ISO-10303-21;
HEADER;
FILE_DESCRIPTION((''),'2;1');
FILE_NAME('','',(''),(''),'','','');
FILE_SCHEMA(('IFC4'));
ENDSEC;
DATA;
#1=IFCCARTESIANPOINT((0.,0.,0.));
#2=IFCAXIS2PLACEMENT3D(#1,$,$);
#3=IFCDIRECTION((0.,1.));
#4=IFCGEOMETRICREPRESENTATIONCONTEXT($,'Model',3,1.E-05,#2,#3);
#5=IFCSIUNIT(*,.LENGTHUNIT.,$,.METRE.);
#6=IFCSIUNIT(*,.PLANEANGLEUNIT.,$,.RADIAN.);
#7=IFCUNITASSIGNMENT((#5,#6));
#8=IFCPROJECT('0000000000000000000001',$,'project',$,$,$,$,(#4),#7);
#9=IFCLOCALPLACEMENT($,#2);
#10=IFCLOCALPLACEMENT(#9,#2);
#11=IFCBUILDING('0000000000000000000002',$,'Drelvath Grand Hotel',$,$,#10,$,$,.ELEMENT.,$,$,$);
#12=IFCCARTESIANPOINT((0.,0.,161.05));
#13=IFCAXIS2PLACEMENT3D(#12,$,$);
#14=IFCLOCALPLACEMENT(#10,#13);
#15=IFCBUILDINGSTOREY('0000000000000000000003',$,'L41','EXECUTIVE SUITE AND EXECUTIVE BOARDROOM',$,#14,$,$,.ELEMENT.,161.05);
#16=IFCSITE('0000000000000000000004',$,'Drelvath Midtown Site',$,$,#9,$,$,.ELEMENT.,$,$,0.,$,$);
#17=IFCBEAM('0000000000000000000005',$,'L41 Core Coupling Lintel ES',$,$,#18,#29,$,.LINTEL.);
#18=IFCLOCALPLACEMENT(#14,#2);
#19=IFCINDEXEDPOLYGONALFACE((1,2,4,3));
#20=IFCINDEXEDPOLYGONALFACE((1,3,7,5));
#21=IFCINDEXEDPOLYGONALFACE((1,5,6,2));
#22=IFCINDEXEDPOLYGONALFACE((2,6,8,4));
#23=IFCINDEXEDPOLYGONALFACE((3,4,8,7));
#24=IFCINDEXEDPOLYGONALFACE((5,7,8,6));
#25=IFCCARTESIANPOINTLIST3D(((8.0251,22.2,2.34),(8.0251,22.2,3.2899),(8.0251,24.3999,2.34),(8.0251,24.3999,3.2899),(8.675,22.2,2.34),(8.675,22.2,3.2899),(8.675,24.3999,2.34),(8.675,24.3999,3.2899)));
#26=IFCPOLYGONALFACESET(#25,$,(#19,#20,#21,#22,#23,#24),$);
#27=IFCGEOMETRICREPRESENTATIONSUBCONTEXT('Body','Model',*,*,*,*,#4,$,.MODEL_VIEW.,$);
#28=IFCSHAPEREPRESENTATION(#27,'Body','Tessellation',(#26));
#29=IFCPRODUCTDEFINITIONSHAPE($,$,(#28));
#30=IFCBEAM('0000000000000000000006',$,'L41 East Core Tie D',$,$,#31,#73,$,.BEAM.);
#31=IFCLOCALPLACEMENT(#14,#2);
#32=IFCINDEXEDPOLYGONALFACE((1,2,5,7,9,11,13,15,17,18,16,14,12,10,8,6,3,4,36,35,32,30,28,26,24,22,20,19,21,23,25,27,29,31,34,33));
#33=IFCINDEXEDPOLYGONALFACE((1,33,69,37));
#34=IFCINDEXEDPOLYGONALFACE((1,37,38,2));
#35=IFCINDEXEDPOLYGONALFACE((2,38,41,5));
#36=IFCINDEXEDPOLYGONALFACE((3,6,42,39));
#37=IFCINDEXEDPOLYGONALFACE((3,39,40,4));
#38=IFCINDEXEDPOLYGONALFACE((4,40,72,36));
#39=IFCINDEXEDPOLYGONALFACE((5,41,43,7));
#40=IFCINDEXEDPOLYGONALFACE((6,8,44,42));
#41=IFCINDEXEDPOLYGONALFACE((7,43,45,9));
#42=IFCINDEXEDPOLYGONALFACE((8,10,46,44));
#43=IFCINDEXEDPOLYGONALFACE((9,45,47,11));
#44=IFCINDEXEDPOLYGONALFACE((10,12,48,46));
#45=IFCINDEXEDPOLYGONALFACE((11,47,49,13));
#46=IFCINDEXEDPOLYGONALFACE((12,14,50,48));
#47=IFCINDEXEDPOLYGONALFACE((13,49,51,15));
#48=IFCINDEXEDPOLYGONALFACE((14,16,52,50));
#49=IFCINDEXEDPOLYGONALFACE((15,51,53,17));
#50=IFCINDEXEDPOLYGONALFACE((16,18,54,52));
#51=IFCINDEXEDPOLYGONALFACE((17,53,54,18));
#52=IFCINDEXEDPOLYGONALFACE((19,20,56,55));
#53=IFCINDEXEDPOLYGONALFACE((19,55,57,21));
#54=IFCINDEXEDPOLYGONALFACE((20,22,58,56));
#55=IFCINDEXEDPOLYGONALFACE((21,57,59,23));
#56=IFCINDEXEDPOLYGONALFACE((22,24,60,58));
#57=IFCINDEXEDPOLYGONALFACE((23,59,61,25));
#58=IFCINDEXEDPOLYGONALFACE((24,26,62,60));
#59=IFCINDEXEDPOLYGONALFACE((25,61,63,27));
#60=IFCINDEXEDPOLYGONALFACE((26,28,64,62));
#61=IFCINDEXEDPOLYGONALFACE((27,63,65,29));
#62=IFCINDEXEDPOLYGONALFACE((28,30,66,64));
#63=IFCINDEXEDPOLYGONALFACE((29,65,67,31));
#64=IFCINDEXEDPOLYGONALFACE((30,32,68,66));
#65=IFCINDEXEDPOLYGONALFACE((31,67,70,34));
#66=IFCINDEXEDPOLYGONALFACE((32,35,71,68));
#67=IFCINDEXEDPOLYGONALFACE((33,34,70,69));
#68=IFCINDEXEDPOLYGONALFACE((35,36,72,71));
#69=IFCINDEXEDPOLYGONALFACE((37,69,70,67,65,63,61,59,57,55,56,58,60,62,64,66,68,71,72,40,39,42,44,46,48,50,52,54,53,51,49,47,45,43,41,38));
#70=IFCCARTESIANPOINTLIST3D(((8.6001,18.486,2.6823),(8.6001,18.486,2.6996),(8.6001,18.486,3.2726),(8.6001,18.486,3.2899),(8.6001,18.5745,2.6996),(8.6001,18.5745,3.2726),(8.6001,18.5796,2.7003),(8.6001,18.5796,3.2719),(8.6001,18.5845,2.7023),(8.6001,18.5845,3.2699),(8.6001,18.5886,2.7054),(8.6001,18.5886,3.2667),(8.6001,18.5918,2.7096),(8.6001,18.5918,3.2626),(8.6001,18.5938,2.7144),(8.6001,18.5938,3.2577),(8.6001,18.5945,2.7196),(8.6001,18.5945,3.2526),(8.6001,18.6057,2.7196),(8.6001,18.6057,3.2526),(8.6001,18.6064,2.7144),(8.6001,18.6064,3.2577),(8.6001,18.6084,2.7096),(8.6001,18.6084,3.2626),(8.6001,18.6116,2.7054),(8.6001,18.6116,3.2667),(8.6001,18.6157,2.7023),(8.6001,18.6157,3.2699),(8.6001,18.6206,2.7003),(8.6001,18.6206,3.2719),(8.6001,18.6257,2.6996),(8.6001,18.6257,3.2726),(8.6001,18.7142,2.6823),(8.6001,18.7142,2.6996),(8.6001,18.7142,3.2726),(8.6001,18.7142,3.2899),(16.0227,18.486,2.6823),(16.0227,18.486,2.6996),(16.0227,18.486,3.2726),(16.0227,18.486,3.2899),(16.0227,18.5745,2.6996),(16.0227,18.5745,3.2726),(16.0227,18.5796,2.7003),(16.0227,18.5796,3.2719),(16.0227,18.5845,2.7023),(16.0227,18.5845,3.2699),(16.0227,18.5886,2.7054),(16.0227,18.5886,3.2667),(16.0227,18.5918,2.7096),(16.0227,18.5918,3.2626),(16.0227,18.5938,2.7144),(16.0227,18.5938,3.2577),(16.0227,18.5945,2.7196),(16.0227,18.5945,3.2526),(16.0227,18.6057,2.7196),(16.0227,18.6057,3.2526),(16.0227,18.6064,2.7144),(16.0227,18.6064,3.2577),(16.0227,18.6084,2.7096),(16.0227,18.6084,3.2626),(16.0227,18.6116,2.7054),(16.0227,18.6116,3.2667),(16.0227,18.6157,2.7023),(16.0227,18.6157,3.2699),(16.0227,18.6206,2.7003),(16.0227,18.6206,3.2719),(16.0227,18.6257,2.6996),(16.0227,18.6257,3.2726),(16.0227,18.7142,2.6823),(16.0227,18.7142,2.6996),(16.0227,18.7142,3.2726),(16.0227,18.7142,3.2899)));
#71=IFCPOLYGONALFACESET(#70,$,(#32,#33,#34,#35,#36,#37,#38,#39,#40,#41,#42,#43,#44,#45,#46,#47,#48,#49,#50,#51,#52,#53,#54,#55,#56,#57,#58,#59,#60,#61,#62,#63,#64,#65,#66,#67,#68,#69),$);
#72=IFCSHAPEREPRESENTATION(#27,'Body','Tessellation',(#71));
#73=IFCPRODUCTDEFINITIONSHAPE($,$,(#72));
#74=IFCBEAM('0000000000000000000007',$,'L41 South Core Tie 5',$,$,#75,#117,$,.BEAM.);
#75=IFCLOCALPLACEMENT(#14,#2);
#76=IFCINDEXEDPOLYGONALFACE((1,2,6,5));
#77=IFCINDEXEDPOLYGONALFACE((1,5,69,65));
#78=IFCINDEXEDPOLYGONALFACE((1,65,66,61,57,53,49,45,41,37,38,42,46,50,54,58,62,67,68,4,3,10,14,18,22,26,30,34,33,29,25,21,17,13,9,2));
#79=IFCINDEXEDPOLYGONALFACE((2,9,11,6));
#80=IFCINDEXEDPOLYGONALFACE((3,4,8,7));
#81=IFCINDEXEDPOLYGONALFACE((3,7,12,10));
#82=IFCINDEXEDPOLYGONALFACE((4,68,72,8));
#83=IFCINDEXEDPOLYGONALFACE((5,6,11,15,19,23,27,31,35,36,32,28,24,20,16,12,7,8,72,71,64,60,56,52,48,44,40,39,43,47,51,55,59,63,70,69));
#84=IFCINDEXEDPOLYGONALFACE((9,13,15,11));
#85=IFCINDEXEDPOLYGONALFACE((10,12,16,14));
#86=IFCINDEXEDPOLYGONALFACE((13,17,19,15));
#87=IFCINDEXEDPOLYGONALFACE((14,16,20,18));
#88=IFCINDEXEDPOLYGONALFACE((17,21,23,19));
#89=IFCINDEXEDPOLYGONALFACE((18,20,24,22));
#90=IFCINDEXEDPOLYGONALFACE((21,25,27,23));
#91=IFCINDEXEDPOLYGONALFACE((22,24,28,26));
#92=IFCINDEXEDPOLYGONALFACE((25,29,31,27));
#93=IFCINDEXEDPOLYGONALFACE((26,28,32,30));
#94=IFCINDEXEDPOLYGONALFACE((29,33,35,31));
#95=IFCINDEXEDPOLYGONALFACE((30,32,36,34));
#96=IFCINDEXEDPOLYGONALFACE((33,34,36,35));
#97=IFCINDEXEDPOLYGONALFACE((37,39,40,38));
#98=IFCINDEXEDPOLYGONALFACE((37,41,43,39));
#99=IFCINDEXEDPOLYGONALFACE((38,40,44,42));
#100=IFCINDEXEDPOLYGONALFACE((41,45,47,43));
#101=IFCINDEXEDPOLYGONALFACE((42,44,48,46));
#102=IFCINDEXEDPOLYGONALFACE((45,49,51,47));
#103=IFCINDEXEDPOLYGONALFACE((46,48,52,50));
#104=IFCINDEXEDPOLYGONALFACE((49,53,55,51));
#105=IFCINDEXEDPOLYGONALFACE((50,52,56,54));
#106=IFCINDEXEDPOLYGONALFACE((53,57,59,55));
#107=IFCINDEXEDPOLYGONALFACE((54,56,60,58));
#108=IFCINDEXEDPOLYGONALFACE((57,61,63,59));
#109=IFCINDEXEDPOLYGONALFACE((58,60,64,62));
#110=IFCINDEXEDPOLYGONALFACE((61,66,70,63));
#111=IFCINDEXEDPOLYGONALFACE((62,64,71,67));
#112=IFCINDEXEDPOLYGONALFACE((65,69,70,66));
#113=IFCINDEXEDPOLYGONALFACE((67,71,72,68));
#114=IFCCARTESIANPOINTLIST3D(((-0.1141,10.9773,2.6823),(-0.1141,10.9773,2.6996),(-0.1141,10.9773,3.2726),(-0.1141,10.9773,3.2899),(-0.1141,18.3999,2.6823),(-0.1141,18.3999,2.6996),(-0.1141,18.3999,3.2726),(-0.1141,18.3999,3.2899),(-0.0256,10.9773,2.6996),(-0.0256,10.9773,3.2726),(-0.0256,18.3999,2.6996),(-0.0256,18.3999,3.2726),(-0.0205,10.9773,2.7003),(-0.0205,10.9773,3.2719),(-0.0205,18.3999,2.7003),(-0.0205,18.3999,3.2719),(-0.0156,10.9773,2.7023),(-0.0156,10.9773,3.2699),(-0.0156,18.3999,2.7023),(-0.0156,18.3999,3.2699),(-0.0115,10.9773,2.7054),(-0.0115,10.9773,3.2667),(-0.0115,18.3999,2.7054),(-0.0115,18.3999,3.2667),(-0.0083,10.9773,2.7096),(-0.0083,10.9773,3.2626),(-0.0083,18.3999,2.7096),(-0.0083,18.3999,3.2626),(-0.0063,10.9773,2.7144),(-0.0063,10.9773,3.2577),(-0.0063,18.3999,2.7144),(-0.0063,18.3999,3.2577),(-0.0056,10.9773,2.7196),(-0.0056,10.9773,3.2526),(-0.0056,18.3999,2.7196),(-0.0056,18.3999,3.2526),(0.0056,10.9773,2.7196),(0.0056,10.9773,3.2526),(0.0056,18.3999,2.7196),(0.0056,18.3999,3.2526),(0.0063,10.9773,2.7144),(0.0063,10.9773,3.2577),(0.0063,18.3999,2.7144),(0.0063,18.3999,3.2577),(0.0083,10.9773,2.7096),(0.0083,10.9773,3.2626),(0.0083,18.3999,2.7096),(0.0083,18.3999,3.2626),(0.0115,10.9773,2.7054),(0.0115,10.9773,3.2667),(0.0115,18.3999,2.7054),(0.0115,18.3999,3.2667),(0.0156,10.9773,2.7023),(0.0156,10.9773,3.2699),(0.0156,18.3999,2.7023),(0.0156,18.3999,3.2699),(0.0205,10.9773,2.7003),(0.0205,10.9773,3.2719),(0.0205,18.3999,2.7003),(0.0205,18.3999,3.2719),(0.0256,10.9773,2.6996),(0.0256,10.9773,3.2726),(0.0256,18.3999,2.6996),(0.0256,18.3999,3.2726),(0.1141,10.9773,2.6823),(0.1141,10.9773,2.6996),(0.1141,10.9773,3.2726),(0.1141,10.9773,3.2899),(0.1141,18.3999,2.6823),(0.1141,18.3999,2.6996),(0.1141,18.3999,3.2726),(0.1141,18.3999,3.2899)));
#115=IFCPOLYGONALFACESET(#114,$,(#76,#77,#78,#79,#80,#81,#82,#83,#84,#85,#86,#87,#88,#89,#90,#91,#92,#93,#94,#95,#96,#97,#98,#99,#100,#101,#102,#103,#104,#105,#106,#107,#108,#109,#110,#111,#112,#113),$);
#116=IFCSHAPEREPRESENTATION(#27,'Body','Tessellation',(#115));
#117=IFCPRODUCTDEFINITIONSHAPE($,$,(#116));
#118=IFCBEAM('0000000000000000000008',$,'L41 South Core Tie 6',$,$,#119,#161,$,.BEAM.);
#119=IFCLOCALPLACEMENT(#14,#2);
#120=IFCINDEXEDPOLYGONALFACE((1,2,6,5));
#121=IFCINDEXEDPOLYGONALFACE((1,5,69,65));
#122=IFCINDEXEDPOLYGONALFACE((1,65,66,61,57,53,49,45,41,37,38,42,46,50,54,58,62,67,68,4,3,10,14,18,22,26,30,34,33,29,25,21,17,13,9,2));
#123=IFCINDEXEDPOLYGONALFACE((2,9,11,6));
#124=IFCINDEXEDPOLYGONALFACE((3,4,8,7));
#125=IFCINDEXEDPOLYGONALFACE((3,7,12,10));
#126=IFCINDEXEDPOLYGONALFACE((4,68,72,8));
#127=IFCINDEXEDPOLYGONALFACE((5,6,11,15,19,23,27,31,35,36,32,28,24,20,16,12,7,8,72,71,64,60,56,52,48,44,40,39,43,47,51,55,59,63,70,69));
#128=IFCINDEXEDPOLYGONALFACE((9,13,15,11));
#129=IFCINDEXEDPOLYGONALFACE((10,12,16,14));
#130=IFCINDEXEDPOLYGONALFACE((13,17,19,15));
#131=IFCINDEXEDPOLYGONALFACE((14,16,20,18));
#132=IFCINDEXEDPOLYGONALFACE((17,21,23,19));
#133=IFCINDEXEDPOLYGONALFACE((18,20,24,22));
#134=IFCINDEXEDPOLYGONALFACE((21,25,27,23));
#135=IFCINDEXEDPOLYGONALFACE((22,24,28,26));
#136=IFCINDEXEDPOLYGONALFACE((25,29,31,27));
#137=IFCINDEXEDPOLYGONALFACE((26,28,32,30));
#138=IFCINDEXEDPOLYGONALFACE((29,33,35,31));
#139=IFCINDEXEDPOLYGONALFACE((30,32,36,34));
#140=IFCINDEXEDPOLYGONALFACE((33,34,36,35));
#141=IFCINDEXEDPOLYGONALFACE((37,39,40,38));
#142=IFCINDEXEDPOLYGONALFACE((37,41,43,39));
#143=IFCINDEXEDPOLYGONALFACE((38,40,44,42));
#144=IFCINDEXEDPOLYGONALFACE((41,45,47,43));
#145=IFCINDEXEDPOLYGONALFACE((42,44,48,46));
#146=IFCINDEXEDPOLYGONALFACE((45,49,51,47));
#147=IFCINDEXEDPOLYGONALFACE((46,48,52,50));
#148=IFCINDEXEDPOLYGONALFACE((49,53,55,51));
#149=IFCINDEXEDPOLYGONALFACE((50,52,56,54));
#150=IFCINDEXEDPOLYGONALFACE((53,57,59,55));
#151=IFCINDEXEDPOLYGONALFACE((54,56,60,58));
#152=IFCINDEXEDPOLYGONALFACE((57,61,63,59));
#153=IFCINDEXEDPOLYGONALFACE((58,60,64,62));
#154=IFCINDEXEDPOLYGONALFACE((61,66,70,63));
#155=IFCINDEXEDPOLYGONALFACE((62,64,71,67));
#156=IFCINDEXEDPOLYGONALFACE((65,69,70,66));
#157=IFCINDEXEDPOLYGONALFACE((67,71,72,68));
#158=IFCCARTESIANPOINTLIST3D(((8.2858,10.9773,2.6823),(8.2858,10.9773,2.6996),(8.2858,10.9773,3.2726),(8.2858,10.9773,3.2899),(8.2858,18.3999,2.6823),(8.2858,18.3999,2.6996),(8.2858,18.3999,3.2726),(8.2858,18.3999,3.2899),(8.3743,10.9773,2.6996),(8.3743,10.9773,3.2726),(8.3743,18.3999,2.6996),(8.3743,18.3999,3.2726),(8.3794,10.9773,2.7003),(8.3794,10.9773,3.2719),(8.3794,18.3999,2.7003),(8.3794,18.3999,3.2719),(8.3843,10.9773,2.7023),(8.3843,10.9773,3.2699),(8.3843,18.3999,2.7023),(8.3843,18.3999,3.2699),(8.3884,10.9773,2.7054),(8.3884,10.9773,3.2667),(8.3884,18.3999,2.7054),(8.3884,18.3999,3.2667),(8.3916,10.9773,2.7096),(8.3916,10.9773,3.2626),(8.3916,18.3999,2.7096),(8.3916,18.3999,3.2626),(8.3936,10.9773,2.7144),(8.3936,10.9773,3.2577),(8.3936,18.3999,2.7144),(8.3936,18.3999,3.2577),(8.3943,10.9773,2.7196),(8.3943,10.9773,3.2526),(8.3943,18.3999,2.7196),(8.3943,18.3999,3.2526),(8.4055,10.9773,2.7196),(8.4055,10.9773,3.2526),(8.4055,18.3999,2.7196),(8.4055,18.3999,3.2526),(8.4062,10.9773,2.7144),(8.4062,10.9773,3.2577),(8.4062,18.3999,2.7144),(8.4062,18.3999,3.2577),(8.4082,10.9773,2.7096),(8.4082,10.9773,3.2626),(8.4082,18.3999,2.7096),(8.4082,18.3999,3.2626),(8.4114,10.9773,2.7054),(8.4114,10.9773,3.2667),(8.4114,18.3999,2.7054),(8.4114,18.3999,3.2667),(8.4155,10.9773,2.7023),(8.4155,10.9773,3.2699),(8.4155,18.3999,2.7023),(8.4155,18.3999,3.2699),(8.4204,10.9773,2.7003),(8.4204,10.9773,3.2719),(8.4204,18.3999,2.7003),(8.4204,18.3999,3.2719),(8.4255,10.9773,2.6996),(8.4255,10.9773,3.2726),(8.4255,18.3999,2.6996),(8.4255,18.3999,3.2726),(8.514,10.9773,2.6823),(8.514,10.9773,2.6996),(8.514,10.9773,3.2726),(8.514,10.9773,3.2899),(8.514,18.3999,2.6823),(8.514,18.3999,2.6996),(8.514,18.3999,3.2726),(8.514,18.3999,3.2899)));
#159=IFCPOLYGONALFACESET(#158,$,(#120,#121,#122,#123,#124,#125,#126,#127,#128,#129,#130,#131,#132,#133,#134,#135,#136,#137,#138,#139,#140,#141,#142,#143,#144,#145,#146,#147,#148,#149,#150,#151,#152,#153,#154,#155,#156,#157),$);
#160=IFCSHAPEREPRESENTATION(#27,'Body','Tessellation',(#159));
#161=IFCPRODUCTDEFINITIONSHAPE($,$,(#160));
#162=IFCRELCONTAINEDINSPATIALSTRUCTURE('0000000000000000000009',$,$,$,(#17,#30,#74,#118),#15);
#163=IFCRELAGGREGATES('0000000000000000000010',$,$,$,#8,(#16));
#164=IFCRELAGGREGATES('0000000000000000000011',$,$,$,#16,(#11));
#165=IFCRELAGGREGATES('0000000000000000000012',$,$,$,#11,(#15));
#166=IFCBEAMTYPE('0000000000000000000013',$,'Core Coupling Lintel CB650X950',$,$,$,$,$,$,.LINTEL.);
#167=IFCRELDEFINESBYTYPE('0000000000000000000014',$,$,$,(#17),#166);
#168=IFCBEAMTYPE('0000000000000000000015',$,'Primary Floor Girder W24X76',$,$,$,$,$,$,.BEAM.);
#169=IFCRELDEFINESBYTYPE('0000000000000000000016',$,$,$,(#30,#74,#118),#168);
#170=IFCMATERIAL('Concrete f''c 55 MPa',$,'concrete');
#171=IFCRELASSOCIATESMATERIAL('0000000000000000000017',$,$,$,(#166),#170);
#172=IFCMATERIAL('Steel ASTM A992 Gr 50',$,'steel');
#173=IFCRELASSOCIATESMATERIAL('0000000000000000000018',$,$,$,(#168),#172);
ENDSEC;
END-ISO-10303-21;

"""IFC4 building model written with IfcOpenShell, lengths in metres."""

from ifc_helpers import new_model, si_unit, direction, frame, origin, origin_2d, place, context, subcontext, project, spatial, rectangle, i_section, extrude, material, material_profile, profile_set, type_object, element, save


model = new_model("IFC4")

# Units and contexts
model_context = context("Model", 3, precision=1e-05, world=origin(), true_north=direction((0.0, 1.0)))
body_context = subcontext(model_context, "Body", "Model", "MODEL_VIEW")
ifc_project = project(units=[si_unit("LENGTHUNIT", "METRE"), si_unit("PLANEANGLEUNIT", "RADIAN")], contexts=[model_context])

# Site, building, storey
site_placement = place(None, origin())
site = spatial("IfcSite", under=ifc_project, at=site_placement, Name="Drelvath Midtown Site", CompositionType="ELEMENT", RefElevation=0.0)
building_placement = place(site_placement, origin())
building = spatial("IfcBuilding", under=site, at=building_placement, Name="Drelvath Grand Hotel", CompositionType="ELEMENT")
storey_placement = place(building_placement, frame((0.0, 0.0, 161.05)))
storey = spatial("IfcBuildingStorey", under=building, at=storey_placement, Name="L41", Description="EXECUTIVE SUITE AND EXECUTIVE BOARDROOM", CompositionType="ELEMENT", Elevation=161.05)

# Beams
ifc_material_1 = material(Name="Concrete f'c 55 MPa", Category="concrete")
ifc_material_profile_1 = material_profile(ifc_material_1, rectangle(XDim=0.6499, YDim=0.95, at=origin_2d()), Name="CB650X950")
ifc_profile_set_1 = profile_set([ifc_material_profile_1], Name="Concrete f'c 55 MPa")
beam_type_1 = type_object("IfcBeamType", Name="Core Coupling Lintel CB650X950", PredefinedType="LINTEL", material=ifc_profile_set_1)
beam_placement = place(storey_placement, frame((8.3501, 22.2, 2.8149), z_axis=(0.0, 1.0, 0.0), x_axis=(-1.0, 0.0, 0.0)))
element("IfcBeam", 1, at=beam_placement, inside=storey, type_object=beam_type_1, Name="L41 Core Coupling Lintel ES", PredefinedType="LINTEL", context=body_context, shape_type="SweptSolid", body=[
    extrude(rectangle(XDim=0.6499, YDim=0.95, at=origin_2d()), origin(), (0.0, 0.0, 1.0), 2.2),
])
ifc_material_2 = material(Name="Steel ASTM A992 Gr 50", Category="steel")
ifc_material_profile_2 = material_profile(ifc_material_2, i_section(OverallWidth=0.2283, OverallDepth=0.6077, WebThickness=0.0112, FlangeThickness=0.0173, FilletRadius=0.02, at=origin_2d()), Name="W24X76")
ifc_profile_set_2 = profile_set([ifc_material_profile_2], Name="Steel ASTM A992 Gr 50")
beam_type_2 = type_object("IfcBeamType", Name="Primary Floor Girder W24X76", PredefinedType="BEAM", material=ifc_profile_set_2)
for number, where, z_axis, x_axis, name in (
    (2, (8.6001, 18.6001, 2.9861), (1.0, 0.0, 0.0), (0.0, 1.0, 0.0), "L41 East Core Tie D"),
    (3, (0.0, 10.9773, 2.9861), (0.0, 1.0, 0.0), (-1.0, 0.0, 0.0), "L41 South Core Tie 5"),
    (4, (8.3999, 10.9773, 2.9861), (0.0, 1.0, 0.0), (-1.0, 0.0, 0.0), "L41 South Core Tie 6"),
):
    element("IfcBeam", number, at=place(storey_placement, frame(where, z_axis=z_axis, x_axis=x_axis)), inside=storey, type_object=beam_type_2, Name=name, PredefinedType="BEAM", context=body_context, shape_type="SweptSolid", body=[
        extrude(i_section(OverallWidth=0.2283, OverallDepth=0.6077, WebThickness=0.0112, FlangeThickness=0.0173, FilletRadius=0.02, at=origin_2d()), origin(), (0.0, 0.0, 1.0), 7.4226),
    ])

save(model, "model.ifc")
